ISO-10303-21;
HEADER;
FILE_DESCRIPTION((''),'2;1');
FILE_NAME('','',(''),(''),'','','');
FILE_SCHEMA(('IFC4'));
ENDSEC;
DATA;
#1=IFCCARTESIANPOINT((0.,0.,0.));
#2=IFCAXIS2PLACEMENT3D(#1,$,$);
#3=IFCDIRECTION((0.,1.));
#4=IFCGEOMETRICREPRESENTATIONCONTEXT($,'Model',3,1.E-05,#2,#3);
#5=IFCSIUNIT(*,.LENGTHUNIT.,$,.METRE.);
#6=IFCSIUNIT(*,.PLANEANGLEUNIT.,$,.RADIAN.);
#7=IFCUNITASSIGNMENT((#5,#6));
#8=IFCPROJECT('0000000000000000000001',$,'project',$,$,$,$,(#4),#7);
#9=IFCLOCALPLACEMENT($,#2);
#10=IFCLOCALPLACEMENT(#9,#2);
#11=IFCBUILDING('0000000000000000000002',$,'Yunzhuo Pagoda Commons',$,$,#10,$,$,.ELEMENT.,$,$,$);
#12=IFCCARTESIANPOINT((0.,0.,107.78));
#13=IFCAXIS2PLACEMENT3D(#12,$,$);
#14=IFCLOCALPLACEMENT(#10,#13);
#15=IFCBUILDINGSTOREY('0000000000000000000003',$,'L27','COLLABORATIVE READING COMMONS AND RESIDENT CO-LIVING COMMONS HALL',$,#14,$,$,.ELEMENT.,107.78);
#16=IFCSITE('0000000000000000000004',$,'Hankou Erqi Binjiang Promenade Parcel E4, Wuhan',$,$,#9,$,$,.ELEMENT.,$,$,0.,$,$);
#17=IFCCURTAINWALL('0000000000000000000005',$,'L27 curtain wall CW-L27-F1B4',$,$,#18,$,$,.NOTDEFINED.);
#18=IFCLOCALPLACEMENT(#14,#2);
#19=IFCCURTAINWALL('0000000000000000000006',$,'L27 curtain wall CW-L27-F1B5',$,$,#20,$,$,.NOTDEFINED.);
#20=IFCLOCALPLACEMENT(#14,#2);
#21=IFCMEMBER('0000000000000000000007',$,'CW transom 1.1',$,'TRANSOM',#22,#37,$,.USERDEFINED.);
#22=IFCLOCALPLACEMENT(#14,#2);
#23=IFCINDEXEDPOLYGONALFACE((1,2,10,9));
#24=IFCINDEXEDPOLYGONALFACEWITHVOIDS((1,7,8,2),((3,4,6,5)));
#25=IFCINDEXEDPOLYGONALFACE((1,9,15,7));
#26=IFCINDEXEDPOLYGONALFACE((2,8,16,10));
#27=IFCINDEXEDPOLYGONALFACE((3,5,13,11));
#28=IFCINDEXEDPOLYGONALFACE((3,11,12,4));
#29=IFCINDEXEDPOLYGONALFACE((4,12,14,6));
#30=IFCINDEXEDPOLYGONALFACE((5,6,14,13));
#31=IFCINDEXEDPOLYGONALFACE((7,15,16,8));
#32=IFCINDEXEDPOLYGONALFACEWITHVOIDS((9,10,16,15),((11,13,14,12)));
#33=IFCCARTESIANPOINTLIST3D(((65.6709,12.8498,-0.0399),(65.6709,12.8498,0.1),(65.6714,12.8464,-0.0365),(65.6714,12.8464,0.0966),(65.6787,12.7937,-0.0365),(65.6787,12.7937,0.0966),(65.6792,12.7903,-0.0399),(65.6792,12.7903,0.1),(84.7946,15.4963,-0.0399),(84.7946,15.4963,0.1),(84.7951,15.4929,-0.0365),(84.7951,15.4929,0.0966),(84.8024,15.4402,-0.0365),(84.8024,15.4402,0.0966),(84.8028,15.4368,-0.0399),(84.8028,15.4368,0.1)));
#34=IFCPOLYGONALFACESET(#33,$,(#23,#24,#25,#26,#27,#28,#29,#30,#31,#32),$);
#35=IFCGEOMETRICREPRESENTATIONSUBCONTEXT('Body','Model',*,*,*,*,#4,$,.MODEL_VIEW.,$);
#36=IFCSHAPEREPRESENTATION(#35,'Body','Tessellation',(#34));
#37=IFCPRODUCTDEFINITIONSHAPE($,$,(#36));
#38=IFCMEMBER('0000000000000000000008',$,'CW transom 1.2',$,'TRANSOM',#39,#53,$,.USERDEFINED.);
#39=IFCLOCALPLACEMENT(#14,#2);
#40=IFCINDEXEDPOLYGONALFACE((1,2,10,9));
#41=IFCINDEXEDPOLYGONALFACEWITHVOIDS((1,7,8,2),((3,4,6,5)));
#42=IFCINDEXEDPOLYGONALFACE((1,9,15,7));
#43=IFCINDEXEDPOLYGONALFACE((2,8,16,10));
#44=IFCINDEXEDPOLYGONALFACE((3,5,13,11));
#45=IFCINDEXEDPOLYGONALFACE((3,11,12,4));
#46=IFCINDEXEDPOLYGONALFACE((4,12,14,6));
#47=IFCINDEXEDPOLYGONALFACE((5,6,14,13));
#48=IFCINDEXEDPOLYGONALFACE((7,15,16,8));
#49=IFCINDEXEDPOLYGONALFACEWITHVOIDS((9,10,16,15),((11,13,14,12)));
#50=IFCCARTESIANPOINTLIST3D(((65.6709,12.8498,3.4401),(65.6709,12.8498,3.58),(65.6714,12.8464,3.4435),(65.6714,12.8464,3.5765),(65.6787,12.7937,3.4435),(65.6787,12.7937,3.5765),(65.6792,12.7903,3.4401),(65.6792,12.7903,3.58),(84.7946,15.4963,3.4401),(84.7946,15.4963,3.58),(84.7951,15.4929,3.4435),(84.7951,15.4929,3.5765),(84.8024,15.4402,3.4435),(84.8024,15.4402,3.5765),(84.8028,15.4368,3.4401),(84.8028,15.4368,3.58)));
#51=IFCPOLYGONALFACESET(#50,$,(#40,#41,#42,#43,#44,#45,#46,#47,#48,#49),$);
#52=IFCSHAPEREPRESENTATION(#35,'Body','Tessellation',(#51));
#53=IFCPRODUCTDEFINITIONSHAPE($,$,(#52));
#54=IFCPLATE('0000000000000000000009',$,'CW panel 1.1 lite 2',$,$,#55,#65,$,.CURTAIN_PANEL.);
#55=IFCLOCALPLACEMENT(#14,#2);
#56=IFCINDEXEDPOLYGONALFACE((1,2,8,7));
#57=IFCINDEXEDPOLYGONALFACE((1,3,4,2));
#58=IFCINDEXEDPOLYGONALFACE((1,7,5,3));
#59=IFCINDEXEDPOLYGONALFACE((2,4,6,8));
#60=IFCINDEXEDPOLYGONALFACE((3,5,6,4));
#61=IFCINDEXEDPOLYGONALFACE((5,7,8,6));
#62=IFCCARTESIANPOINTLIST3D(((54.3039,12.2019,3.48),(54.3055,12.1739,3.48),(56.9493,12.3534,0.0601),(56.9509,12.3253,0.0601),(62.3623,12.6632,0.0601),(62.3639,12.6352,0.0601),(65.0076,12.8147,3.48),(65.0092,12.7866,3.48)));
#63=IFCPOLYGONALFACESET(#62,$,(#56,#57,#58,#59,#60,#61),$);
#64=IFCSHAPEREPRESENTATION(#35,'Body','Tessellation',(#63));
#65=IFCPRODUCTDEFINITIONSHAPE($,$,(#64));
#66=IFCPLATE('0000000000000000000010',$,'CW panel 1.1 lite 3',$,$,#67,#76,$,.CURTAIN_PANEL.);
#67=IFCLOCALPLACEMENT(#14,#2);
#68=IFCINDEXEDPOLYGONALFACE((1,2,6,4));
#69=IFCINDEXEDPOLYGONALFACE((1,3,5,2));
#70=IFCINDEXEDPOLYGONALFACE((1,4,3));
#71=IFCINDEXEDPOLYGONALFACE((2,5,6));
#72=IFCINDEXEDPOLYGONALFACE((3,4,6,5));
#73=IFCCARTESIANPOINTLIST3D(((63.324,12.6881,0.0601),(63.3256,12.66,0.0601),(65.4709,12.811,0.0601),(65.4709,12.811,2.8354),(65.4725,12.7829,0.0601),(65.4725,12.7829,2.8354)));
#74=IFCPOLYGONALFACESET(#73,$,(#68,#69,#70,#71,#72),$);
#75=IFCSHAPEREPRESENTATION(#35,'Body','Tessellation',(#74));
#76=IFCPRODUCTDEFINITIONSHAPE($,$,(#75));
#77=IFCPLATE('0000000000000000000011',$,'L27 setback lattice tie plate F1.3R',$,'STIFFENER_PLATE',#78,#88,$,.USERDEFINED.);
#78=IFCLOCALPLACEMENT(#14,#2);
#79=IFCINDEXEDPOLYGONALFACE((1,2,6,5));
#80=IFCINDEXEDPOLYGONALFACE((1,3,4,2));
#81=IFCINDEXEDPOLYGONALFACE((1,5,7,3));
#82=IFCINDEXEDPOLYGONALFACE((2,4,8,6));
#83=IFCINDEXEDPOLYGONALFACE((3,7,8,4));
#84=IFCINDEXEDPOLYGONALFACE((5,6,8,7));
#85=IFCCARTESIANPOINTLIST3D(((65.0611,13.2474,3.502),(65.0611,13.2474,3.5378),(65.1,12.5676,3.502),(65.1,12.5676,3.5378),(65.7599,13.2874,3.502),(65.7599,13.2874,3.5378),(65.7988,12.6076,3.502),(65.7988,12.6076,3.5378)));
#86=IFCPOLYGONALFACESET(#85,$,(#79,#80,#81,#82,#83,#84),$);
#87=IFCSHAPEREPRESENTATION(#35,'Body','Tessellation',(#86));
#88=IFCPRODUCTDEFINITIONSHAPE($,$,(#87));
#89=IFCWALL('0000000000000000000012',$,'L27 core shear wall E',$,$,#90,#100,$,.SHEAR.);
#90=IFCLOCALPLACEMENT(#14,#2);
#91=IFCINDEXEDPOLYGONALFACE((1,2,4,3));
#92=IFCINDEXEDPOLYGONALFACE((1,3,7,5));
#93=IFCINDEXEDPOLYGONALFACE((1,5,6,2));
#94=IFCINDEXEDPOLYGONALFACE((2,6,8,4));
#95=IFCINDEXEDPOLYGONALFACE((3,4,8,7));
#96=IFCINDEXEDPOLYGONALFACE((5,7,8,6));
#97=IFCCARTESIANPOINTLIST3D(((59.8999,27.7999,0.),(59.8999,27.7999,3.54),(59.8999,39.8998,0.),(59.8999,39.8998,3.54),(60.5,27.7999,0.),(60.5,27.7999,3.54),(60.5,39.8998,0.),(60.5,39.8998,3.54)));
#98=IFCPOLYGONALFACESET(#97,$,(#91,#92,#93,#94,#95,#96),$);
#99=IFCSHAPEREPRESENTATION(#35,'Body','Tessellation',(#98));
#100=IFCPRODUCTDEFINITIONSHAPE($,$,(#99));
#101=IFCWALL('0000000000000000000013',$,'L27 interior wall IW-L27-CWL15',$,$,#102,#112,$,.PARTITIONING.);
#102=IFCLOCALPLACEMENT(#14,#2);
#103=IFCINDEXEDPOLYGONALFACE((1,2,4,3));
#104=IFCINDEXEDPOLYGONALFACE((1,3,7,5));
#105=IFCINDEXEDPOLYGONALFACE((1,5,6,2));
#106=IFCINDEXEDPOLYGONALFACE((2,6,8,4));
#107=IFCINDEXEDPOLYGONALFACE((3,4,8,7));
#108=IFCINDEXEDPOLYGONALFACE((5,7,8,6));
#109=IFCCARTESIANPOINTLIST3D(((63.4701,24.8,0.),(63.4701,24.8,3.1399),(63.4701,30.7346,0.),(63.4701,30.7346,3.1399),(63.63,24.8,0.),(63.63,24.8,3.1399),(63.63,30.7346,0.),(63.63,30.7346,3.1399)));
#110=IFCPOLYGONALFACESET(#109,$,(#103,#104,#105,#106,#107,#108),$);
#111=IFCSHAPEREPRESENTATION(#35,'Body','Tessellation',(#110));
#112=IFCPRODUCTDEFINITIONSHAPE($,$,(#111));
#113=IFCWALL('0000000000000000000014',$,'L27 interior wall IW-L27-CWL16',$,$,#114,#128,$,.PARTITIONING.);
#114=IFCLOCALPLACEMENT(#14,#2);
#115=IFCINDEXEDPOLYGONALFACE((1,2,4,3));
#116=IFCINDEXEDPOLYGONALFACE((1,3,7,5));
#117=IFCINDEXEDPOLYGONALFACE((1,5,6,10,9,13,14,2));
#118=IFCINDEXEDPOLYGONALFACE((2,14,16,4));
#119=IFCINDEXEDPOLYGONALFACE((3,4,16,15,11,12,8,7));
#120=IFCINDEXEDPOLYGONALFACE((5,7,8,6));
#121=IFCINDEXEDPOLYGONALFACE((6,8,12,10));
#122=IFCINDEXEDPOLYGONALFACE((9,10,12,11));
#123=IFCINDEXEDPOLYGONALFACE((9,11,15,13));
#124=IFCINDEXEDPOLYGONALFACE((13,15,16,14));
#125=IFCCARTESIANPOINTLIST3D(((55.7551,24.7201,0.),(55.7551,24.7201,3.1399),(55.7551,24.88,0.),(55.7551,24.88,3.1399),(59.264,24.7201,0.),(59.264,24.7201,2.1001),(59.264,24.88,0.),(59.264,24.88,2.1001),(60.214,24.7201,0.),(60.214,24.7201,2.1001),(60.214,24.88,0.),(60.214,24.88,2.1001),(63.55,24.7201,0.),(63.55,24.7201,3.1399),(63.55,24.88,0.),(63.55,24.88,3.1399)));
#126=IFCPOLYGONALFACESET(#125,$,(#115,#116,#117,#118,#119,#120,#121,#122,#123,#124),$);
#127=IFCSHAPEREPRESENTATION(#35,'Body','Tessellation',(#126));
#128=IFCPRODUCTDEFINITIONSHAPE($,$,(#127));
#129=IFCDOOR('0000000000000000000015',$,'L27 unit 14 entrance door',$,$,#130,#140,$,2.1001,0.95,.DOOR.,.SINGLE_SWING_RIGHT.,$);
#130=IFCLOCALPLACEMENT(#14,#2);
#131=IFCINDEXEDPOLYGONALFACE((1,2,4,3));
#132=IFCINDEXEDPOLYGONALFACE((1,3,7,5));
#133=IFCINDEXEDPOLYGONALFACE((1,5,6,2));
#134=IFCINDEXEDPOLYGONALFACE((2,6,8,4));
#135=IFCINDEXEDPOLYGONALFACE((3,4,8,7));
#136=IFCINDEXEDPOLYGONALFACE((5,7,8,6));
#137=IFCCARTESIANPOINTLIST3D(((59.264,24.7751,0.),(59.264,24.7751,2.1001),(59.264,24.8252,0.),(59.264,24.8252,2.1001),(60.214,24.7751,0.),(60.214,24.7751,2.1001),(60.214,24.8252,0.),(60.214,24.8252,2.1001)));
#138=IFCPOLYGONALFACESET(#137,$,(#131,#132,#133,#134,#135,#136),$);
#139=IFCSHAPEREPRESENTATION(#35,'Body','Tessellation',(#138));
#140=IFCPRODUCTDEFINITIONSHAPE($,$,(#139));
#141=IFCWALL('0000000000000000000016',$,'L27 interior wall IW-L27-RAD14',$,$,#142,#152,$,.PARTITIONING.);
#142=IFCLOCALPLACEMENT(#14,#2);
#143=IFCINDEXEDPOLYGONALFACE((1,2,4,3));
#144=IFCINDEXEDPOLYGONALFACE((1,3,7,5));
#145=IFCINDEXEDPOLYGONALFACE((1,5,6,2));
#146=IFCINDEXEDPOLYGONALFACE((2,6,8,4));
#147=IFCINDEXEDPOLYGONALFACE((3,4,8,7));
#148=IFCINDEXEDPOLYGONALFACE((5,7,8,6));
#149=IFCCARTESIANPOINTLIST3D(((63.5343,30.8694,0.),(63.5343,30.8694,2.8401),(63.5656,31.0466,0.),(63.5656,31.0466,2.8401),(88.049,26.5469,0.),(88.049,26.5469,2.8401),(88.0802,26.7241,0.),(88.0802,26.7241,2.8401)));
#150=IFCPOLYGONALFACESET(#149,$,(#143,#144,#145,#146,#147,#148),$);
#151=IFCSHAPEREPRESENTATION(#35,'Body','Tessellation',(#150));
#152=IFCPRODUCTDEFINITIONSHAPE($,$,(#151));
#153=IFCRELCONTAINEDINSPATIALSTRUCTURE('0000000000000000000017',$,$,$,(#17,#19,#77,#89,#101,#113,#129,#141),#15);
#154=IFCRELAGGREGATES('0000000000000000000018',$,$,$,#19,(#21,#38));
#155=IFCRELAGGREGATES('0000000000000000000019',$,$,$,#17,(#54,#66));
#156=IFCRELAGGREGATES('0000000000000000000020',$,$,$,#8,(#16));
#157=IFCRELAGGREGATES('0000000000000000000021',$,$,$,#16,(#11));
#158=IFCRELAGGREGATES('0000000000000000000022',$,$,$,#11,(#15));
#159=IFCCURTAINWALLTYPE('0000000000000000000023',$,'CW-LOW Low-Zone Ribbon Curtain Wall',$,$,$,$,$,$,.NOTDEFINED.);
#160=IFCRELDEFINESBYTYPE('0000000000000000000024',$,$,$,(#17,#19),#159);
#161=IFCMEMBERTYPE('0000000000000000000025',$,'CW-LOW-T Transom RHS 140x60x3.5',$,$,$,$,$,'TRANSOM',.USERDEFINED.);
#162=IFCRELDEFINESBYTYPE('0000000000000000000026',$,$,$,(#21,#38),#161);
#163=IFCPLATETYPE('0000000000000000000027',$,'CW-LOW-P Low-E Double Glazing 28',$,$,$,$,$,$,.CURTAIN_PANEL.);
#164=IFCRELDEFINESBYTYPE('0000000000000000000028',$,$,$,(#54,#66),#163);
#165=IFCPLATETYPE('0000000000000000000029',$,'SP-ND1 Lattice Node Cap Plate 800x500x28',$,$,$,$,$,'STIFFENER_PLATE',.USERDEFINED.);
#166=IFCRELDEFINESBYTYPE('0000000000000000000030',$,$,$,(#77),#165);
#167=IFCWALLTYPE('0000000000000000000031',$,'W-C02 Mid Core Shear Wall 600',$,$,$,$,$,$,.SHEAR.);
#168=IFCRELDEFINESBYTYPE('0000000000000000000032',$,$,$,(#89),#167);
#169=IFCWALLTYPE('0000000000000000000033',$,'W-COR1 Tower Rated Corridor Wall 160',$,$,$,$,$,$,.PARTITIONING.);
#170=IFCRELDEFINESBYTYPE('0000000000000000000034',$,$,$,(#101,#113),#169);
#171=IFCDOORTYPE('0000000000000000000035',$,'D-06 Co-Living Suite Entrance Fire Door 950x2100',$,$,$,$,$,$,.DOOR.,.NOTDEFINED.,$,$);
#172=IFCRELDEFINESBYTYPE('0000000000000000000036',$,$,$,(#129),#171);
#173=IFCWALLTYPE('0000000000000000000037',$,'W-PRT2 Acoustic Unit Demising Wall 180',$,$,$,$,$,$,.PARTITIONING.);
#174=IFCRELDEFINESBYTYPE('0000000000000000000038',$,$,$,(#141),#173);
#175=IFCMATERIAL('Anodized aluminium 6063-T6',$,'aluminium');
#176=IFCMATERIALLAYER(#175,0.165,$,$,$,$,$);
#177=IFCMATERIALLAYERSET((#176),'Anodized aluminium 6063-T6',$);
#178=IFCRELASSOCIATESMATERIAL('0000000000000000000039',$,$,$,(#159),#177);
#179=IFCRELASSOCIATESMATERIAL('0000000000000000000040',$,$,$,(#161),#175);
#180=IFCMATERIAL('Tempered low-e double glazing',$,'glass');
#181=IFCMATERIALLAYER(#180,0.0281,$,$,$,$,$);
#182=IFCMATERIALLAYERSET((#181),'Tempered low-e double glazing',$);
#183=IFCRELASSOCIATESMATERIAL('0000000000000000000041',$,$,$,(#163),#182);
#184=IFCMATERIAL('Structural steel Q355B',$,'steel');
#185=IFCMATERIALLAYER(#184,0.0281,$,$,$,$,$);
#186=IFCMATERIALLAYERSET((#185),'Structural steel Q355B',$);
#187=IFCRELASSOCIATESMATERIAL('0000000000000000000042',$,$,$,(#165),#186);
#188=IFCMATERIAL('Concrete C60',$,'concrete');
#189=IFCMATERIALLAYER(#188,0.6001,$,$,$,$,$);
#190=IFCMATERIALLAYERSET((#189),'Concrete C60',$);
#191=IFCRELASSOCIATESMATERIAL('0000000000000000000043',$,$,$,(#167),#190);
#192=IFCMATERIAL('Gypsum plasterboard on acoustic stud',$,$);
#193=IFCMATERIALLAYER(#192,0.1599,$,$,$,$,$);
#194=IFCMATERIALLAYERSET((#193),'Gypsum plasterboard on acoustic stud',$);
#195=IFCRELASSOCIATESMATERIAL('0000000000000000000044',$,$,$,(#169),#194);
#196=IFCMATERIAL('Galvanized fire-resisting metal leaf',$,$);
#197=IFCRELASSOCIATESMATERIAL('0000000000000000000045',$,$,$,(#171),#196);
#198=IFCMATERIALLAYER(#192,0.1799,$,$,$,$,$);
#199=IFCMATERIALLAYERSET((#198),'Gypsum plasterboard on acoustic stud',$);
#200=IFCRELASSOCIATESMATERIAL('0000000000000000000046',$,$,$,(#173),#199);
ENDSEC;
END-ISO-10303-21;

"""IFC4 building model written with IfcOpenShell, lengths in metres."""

from ifc_helpers import new_model, si_unit, direction, frame, frame_2d, origin, origin_with_axes, origin_2d, place, context, subcontext, project, spatial, polyline, rectangle, hollow_rectangle, outline, extrude, source, transform, mapped, material, layer, layer_set, material_profile, profile_set, type_object, element, fill, aggregate, save


model = new_model("IFC4")

# Units and contexts
model_context = context("Model", 3, precision=1e-05, world=origin(), true_north=direction((0.0, 1.0)))
body_context = subcontext(model_context, "Body", "Model", "MODEL_VIEW")
ifc_project = project(units=[si_unit("LENGTHUNIT", "METRE"), si_unit("PLANEANGLEUNIT", "RADIAN")], contexts=[model_context])

# Site, building, storey
site_placement = place(None, origin())
site = spatial("IfcSite", under=ifc_project, at=site_placement, Name="Hankou Erqi Binjiang Promenade Parcel E4, Wuhan", CompositionType="ELEMENT", RefElevation=0.0)
building_placement = place(site_placement, origin())
building = spatial("IfcBuilding", under=site, at=building_placement, Name="Yunzhuo Pagoda Commons", CompositionType="ELEMENT")
storey_placement = place(building_placement, frame((0.0, 0.0, 107.78)))
storey = spatial("IfcBuildingStorey", under=building, at=storey_placement, Name="L27", Description="COLLABORATIVE READING COMMONS AND RESIDENT CO-LIVING COMMONS HALL", CompositionType="ELEMENT", Elevation=107.78)

# Shared definitions
ifc_material_1 = material(Name="Structural steel Q355B", Category="steel")

# Curtain wall
ifc_material_2 = material(Name="Anodized aluminium 6063-T6", Category="aluminium")
ifc_layer_1 = layer(ifc_material_2, 0.165)
ifc_layer_set_1 = layer_set([ifc_layer_1], Name="Anodized aluminium 6063-T6")
curtain_wall_type = type_object("IfcCurtainWallType", Name="CW-LOW Low-Zone Ribbon Curtain Wall", PredefinedType="NOTDEFINED", material=ifc_layer_set_1)
curtain_wall_1_placement = place(storey_placement, origin())
curtain_wall_1 = element("IfcCurtainWall", 1, at=curtain_wall_1_placement, inside=storey, type_object=curtain_wall_type, Name="L27 curtain wall CW-L27-F1B4", PredefinedType="NOTDEFINED")

# Curtain wall, members
curtain_wall_2_placement = place(storey_placement, origin())
curtain_wall_2 = element("IfcCurtainWall", 2, at=curtain_wall_2_placement, inside=storey, type_object=curtain_wall_type, Name="L27 curtain wall CW-L27-F1B5", PredefinedType="NOTDEFINED")
ifc_material_profile_1 = material_profile(ifc_material_2, hollow_rectangle(XDim=0.0601, YDim=0.1399, WallThickness=0.0034, at=origin_2d()), Name="Anodized aluminium 6063-T6")
ifc_profile_set_1 = profile_set([ifc_material_profile_1], Name="Anodized aluminium 6063-T6")
member_type_1 = type_object("IfcMemberType", Name="CW-LOW-T Transom RHS 140x60x3.5", ElementType="TRANSOM", PredefinedType="USERDEFINED", material=ifc_profile_set_1)
shared_shape_1 = source(origin(), body_context, "Body", "SweptSolid", [
    extrude(hollow_rectangle(XDim=0.0601, YDim=0.1399, WallThickness=0.0034, at=origin_2d()), origin(), (0.0, 0.0, 1.0), 19.3059),
])
member_1_placement = place(storey_placement, frame((65.675, 12.8201, 0.03), z_axis=(0.99056, 0.137082, 0.0), x_axis=(-0.137082, 0.99056, 0.0)))
member_1 = element("IfcMember", 3, at=member_1_placement, type_object=member_type_1, Name="CW transom 1.1", ObjectType="TRANSOM", PredefinedType="USERDEFINED", context=body_context, shape_type="MappedRepresentation", body=[
    mapped(shared_shape_1, transform((0.0, 0.0, 0.0), scale=1.0)),
])
member_2_placement = place(storey_placement, frame((65.675, 12.8201, 3.51), z_axis=(0.99056, 0.137082, 0.0), x_axis=(-0.137082, 0.99056, 0.0)))
member_2 = element("IfcMember", 4, at=member_2_placement, type_object=member_type_1, Name="CW transom 1.2", ObjectType="TRANSOM", PredefinedType="USERDEFINED", context=body_context, shape_type="MappedRepresentation", body=[
    mapped(shared_shape_1, transform((0.0, 0.0, 0.0), scale=1.0)),
])
aggregate(curtain_wall_2, [member_1, member_2])

# Plates
ifc_material_3 = material(Name="Tempered low-e double glazing", Category="glass")
ifc_layer_2 = layer(ifc_material_3, 0.0281)
ifc_layer_set_2 = layer_set([ifc_layer_2], Name="Tempered low-e double glazing")
plate_type_1 = type_object("IfcPlateType", Name="CW-LOW-P Low-E Double Glazing 28", PredefinedType="CURTAIN_PANEL", material=ifc_layer_set_2)
plate_1_placement = place(storey_placement, frame((59.6558, 12.5083, 1.77), z_axis=(0.057153, -0.998365, 0.0), x_axis=(0.998365, 0.057153, 0.0)))
plate_1 = element("IfcPlate", 5, at=plate_1_placement, type_object=plate_type_1, Name="CW panel 1.1 lite 2", PredefinedType="CURTAIN_PANEL", context=body_context, shape_type="SweptSolid", body=[
    extrude(outline(polyline([(-5.3606, 1.71), (-2.7109, -1.71), (2.7109, -1.71), (5.3606, 1.71), (-5.3606, 1.71)])), origin(), (0.0, 0.0, 1.0), 0.0281),
])
plate_2_placement = place(storey_placement, frame((64.3975, 12.7495, 1.4478), z_axis=(0.057153, -0.998365, 0.0), x_axis=(0.998365, 0.057153, 0.0)))
plate_2 = element("IfcPlate", 6, at=plate_2_placement, type_object=plate_type_1, Name="CW panel 1.1 lite 3", PredefinedType="CURTAIN_PANEL", context=body_context, shape_type="SweptSolid", body=[
    extrude(outline(polyline([(-1.0752, -1.3877), (1.0752, -1.3877), (1.0752, 1.3877), (-1.0752, -1.3877)])), origin(), (0.0, 0.0, 1.0), 0.0281),
])
aggregate(curtain_wall_1, [plate_1, plate_2])
ifc_layer_3 = layer(ifc_material_1, 0.0281)
ifc_layer_set_3 = layer_set([ifc_layer_3], Name="Structural steel Q355B")
plate_type_2 = type_object("IfcPlateType", Name="SP-ND1 Lattice Node Cap Plate 800x500x28", ElementType="STIFFENER_PLATE", PredefinedType="USERDEFINED", material=ifc_layer_set_3)
shared_shape_2 = source(origin(), body_context, "Body", "SweptSolid", [
    extrude(rectangle(XDim=0.7, YDim=0.6809, at=origin_2d()), origin(), (0.0, 0.0, 1.0), 0.0359),
])
plate_3_placement = place(storey_placement, frame((65.4299, 12.9275, 3.502), z_axis=(0.0, 0.0, 1.0), x_axis=(0.998366, 0.057146, 0.0)))
element("IfcPlate", 7, at=plate_3_placement, inside=storey, type_object=plate_type_2, Name="L27 setback lattice tie plate F1.3R", ObjectType="STIFFENER_PLATE", PredefinedType="USERDEFINED", context=body_context, shape_type="MappedRepresentation", body=[
    mapped(shared_shape_2, transform((0.0, 0.0, 0.0), scale=1.0)),
])

# Walls
ifc_material_4 = material(Name="Concrete C60", Category="concrete")
ifc_layer_4 = layer(ifc_material_4, 0.6001)
ifc_layer_set_4 = layer_set([ifc_layer_4], Name="Concrete C60")
wall_type_1 = type_object("IfcWallType", Name="W-C02 Mid Core Shear Wall 600", PredefinedType="SHEAR", material=ifc_layer_set_4)
wall_1_placement = place(storey_placement, frame((60.2, 27.8, 0.0), z_axis=(0.0, 0.0, 1.0), x_axis=(0.0, 1.0, 0.0)))
element("IfcWall", 8, at=wall_1_placement, inside=storey, type_object=wall_type_1, Name="L27 core shear wall E", PredefinedType="SHEAR", context=body_context, shape_type="SweptSolid", body=[
    extrude(rectangle(XDim=12.0999, YDim=0.6001, at=frame_2d((6.0498, 0.0))), origin(), (0.0, 0.0, 1.0), 3.54),
])
ifc_material_5 = material(Name="Gypsum plasterboard on acoustic stud")
ifc_layer_5 = layer(ifc_material_5, 0.1599)
ifc_layer_set_5 = layer_set([ifc_layer_5], Name="Gypsum plasterboard on acoustic stud")
wall_type_2 = type_object("IfcWallType", Name="W-COR1 Tower Rated Corridor Wall 160", PredefinedType="PARTITIONING", material=ifc_layer_set_5)
wall_2_placement = place(storey_placement, frame((63.55, 30.7346, 0.0), z_axis=(0.0, 0.0, 1.0), x_axis=(0.0, -1.0, 0.0)))
element("IfcWall", 9, at=wall_2_placement, inside=storey, type_object=wall_type_2, Name="L27 interior wall IW-L27-CWL15", PredefinedType="PARTITIONING", context=body_context, shape_type="SweptSolid", body=[
    extrude(rectangle(XDim=5.9346, YDim=0.1599, at=frame_2d((2.9673, 0.0))), origin(), (0.0, 0.0, 1.0), 3.1399),
])

# Wall, opening, door
wall_3_placement = place(storey_placement, frame((63.55, 24.8, 0.0), z_axis=(0.0, 0.0, 1.0), x_axis=(-1.0, 0.0, 0.0)))
wall_3 = element("IfcWall", 10, at=wall_3_placement, inside=storey, type_object=wall_type_2, Name="L27 interior wall IW-L27-CWL16", PredefinedType="PARTITIONING", context=body_context, shape_type="SweptSolid", body=[
    extrude(rectangle(XDim=7.7949, YDim=0.1599, at=frame_2d((3.8975, 0.0))), origin(), (0.0, 0.0, 1.0), 3.1399),
])
opening_placement = place(wall_3_placement, frame((3.3359, 0.0, 0.0)))
opening = element("IfcOpeningElement", 11, at=opening_placement, cuts=wall_3, PredefinedType="OPENING", context=body_context, shape_type="SweptSolid", body=[
    extrude(rectangle(XDim=0.95, YDim=2.1001, at=frame_2d((0.4751, 1.05))), frame((0.0, 0.0898, 0.0), z_axis=(0.0, -1.0, 0.0), x_axis=(1.0, 0.0, 0.0)), (0.0, 0.0, 1.0), 0.1799),
])
ifc_material_6 = material(Name="Galvanized fire-resisting metal leaf")
door_type = type_object("IfcDoorType", Name="D-06 Co-Living Suite Entrance Fire Door 950x2100", OperationType="NOTDEFINED", PredefinedType="DOOR", material=ifc_material_6)
shared_shape_3 = source(origin(), body_context, "Body", "SweptSolid", [
    extrude(rectangle(XDim=0.95, YDim=2.1001, at=frame_2d((0.4751, 1.05))), frame((0.0, 0.0249, 0.0), z_axis=(0.0, -1.0, 0.0), x_axis=(1.0, 0.0, 0.0)), (0.0, 0.0, 1.0), 0.05),
])
door_placement = place(opening_placement, origin_with_axes())
door = element("IfcDoor", 12, at=door_placement, inside=storey, type_object=door_type, Name="L27 unit 14 entrance door", OperationType="SINGLE_SWING_RIGHT", OverallHeight=2.1001, OverallWidth=0.95, PredefinedType="DOOR", context=body_context, shape_type="MappedRepresentation", body=[
    mapped(shared_shape_3, transform((0.0, 0.0, 0.0), scale=1.0)),
])
fill(opening, door)

# Wall
ifc_layer_6 = layer(ifc_material_5, 0.1799)
ifc_layer_set_6 = layer_set([ifc_layer_6], Name="Gypsum plasterboard on acoustic stud")
wall_type_3 = type_object("IfcWallType", Name="W-PRT2 Acoustic Unit Demising Wall 180", PredefinedType="PARTITIONING", material=ifc_layer_set_6)
wall_4_placement = place(storey_placement, frame((63.55, 30.958, 0.0), z_axis=(0.0, 0.0, 1.0), x_axis=(0.984808, -0.173645, 0.0)))
element("IfcWall", 13, at=wall_4_placement, inside=storey, type_object=wall_type_3, Name="L27 interior wall IW-L27-RAD14", PredefinedType="PARTITIONING", context=body_context, shape_type="SweptSolid", body=[
    extrude(rectangle(XDim=24.8928, YDim=0.1799, at=frame_2d((12.4463, 0.0))), origin(), (0.0, 0.0, 1.0), 2.8401),
])

save(model, "model.ifc")
